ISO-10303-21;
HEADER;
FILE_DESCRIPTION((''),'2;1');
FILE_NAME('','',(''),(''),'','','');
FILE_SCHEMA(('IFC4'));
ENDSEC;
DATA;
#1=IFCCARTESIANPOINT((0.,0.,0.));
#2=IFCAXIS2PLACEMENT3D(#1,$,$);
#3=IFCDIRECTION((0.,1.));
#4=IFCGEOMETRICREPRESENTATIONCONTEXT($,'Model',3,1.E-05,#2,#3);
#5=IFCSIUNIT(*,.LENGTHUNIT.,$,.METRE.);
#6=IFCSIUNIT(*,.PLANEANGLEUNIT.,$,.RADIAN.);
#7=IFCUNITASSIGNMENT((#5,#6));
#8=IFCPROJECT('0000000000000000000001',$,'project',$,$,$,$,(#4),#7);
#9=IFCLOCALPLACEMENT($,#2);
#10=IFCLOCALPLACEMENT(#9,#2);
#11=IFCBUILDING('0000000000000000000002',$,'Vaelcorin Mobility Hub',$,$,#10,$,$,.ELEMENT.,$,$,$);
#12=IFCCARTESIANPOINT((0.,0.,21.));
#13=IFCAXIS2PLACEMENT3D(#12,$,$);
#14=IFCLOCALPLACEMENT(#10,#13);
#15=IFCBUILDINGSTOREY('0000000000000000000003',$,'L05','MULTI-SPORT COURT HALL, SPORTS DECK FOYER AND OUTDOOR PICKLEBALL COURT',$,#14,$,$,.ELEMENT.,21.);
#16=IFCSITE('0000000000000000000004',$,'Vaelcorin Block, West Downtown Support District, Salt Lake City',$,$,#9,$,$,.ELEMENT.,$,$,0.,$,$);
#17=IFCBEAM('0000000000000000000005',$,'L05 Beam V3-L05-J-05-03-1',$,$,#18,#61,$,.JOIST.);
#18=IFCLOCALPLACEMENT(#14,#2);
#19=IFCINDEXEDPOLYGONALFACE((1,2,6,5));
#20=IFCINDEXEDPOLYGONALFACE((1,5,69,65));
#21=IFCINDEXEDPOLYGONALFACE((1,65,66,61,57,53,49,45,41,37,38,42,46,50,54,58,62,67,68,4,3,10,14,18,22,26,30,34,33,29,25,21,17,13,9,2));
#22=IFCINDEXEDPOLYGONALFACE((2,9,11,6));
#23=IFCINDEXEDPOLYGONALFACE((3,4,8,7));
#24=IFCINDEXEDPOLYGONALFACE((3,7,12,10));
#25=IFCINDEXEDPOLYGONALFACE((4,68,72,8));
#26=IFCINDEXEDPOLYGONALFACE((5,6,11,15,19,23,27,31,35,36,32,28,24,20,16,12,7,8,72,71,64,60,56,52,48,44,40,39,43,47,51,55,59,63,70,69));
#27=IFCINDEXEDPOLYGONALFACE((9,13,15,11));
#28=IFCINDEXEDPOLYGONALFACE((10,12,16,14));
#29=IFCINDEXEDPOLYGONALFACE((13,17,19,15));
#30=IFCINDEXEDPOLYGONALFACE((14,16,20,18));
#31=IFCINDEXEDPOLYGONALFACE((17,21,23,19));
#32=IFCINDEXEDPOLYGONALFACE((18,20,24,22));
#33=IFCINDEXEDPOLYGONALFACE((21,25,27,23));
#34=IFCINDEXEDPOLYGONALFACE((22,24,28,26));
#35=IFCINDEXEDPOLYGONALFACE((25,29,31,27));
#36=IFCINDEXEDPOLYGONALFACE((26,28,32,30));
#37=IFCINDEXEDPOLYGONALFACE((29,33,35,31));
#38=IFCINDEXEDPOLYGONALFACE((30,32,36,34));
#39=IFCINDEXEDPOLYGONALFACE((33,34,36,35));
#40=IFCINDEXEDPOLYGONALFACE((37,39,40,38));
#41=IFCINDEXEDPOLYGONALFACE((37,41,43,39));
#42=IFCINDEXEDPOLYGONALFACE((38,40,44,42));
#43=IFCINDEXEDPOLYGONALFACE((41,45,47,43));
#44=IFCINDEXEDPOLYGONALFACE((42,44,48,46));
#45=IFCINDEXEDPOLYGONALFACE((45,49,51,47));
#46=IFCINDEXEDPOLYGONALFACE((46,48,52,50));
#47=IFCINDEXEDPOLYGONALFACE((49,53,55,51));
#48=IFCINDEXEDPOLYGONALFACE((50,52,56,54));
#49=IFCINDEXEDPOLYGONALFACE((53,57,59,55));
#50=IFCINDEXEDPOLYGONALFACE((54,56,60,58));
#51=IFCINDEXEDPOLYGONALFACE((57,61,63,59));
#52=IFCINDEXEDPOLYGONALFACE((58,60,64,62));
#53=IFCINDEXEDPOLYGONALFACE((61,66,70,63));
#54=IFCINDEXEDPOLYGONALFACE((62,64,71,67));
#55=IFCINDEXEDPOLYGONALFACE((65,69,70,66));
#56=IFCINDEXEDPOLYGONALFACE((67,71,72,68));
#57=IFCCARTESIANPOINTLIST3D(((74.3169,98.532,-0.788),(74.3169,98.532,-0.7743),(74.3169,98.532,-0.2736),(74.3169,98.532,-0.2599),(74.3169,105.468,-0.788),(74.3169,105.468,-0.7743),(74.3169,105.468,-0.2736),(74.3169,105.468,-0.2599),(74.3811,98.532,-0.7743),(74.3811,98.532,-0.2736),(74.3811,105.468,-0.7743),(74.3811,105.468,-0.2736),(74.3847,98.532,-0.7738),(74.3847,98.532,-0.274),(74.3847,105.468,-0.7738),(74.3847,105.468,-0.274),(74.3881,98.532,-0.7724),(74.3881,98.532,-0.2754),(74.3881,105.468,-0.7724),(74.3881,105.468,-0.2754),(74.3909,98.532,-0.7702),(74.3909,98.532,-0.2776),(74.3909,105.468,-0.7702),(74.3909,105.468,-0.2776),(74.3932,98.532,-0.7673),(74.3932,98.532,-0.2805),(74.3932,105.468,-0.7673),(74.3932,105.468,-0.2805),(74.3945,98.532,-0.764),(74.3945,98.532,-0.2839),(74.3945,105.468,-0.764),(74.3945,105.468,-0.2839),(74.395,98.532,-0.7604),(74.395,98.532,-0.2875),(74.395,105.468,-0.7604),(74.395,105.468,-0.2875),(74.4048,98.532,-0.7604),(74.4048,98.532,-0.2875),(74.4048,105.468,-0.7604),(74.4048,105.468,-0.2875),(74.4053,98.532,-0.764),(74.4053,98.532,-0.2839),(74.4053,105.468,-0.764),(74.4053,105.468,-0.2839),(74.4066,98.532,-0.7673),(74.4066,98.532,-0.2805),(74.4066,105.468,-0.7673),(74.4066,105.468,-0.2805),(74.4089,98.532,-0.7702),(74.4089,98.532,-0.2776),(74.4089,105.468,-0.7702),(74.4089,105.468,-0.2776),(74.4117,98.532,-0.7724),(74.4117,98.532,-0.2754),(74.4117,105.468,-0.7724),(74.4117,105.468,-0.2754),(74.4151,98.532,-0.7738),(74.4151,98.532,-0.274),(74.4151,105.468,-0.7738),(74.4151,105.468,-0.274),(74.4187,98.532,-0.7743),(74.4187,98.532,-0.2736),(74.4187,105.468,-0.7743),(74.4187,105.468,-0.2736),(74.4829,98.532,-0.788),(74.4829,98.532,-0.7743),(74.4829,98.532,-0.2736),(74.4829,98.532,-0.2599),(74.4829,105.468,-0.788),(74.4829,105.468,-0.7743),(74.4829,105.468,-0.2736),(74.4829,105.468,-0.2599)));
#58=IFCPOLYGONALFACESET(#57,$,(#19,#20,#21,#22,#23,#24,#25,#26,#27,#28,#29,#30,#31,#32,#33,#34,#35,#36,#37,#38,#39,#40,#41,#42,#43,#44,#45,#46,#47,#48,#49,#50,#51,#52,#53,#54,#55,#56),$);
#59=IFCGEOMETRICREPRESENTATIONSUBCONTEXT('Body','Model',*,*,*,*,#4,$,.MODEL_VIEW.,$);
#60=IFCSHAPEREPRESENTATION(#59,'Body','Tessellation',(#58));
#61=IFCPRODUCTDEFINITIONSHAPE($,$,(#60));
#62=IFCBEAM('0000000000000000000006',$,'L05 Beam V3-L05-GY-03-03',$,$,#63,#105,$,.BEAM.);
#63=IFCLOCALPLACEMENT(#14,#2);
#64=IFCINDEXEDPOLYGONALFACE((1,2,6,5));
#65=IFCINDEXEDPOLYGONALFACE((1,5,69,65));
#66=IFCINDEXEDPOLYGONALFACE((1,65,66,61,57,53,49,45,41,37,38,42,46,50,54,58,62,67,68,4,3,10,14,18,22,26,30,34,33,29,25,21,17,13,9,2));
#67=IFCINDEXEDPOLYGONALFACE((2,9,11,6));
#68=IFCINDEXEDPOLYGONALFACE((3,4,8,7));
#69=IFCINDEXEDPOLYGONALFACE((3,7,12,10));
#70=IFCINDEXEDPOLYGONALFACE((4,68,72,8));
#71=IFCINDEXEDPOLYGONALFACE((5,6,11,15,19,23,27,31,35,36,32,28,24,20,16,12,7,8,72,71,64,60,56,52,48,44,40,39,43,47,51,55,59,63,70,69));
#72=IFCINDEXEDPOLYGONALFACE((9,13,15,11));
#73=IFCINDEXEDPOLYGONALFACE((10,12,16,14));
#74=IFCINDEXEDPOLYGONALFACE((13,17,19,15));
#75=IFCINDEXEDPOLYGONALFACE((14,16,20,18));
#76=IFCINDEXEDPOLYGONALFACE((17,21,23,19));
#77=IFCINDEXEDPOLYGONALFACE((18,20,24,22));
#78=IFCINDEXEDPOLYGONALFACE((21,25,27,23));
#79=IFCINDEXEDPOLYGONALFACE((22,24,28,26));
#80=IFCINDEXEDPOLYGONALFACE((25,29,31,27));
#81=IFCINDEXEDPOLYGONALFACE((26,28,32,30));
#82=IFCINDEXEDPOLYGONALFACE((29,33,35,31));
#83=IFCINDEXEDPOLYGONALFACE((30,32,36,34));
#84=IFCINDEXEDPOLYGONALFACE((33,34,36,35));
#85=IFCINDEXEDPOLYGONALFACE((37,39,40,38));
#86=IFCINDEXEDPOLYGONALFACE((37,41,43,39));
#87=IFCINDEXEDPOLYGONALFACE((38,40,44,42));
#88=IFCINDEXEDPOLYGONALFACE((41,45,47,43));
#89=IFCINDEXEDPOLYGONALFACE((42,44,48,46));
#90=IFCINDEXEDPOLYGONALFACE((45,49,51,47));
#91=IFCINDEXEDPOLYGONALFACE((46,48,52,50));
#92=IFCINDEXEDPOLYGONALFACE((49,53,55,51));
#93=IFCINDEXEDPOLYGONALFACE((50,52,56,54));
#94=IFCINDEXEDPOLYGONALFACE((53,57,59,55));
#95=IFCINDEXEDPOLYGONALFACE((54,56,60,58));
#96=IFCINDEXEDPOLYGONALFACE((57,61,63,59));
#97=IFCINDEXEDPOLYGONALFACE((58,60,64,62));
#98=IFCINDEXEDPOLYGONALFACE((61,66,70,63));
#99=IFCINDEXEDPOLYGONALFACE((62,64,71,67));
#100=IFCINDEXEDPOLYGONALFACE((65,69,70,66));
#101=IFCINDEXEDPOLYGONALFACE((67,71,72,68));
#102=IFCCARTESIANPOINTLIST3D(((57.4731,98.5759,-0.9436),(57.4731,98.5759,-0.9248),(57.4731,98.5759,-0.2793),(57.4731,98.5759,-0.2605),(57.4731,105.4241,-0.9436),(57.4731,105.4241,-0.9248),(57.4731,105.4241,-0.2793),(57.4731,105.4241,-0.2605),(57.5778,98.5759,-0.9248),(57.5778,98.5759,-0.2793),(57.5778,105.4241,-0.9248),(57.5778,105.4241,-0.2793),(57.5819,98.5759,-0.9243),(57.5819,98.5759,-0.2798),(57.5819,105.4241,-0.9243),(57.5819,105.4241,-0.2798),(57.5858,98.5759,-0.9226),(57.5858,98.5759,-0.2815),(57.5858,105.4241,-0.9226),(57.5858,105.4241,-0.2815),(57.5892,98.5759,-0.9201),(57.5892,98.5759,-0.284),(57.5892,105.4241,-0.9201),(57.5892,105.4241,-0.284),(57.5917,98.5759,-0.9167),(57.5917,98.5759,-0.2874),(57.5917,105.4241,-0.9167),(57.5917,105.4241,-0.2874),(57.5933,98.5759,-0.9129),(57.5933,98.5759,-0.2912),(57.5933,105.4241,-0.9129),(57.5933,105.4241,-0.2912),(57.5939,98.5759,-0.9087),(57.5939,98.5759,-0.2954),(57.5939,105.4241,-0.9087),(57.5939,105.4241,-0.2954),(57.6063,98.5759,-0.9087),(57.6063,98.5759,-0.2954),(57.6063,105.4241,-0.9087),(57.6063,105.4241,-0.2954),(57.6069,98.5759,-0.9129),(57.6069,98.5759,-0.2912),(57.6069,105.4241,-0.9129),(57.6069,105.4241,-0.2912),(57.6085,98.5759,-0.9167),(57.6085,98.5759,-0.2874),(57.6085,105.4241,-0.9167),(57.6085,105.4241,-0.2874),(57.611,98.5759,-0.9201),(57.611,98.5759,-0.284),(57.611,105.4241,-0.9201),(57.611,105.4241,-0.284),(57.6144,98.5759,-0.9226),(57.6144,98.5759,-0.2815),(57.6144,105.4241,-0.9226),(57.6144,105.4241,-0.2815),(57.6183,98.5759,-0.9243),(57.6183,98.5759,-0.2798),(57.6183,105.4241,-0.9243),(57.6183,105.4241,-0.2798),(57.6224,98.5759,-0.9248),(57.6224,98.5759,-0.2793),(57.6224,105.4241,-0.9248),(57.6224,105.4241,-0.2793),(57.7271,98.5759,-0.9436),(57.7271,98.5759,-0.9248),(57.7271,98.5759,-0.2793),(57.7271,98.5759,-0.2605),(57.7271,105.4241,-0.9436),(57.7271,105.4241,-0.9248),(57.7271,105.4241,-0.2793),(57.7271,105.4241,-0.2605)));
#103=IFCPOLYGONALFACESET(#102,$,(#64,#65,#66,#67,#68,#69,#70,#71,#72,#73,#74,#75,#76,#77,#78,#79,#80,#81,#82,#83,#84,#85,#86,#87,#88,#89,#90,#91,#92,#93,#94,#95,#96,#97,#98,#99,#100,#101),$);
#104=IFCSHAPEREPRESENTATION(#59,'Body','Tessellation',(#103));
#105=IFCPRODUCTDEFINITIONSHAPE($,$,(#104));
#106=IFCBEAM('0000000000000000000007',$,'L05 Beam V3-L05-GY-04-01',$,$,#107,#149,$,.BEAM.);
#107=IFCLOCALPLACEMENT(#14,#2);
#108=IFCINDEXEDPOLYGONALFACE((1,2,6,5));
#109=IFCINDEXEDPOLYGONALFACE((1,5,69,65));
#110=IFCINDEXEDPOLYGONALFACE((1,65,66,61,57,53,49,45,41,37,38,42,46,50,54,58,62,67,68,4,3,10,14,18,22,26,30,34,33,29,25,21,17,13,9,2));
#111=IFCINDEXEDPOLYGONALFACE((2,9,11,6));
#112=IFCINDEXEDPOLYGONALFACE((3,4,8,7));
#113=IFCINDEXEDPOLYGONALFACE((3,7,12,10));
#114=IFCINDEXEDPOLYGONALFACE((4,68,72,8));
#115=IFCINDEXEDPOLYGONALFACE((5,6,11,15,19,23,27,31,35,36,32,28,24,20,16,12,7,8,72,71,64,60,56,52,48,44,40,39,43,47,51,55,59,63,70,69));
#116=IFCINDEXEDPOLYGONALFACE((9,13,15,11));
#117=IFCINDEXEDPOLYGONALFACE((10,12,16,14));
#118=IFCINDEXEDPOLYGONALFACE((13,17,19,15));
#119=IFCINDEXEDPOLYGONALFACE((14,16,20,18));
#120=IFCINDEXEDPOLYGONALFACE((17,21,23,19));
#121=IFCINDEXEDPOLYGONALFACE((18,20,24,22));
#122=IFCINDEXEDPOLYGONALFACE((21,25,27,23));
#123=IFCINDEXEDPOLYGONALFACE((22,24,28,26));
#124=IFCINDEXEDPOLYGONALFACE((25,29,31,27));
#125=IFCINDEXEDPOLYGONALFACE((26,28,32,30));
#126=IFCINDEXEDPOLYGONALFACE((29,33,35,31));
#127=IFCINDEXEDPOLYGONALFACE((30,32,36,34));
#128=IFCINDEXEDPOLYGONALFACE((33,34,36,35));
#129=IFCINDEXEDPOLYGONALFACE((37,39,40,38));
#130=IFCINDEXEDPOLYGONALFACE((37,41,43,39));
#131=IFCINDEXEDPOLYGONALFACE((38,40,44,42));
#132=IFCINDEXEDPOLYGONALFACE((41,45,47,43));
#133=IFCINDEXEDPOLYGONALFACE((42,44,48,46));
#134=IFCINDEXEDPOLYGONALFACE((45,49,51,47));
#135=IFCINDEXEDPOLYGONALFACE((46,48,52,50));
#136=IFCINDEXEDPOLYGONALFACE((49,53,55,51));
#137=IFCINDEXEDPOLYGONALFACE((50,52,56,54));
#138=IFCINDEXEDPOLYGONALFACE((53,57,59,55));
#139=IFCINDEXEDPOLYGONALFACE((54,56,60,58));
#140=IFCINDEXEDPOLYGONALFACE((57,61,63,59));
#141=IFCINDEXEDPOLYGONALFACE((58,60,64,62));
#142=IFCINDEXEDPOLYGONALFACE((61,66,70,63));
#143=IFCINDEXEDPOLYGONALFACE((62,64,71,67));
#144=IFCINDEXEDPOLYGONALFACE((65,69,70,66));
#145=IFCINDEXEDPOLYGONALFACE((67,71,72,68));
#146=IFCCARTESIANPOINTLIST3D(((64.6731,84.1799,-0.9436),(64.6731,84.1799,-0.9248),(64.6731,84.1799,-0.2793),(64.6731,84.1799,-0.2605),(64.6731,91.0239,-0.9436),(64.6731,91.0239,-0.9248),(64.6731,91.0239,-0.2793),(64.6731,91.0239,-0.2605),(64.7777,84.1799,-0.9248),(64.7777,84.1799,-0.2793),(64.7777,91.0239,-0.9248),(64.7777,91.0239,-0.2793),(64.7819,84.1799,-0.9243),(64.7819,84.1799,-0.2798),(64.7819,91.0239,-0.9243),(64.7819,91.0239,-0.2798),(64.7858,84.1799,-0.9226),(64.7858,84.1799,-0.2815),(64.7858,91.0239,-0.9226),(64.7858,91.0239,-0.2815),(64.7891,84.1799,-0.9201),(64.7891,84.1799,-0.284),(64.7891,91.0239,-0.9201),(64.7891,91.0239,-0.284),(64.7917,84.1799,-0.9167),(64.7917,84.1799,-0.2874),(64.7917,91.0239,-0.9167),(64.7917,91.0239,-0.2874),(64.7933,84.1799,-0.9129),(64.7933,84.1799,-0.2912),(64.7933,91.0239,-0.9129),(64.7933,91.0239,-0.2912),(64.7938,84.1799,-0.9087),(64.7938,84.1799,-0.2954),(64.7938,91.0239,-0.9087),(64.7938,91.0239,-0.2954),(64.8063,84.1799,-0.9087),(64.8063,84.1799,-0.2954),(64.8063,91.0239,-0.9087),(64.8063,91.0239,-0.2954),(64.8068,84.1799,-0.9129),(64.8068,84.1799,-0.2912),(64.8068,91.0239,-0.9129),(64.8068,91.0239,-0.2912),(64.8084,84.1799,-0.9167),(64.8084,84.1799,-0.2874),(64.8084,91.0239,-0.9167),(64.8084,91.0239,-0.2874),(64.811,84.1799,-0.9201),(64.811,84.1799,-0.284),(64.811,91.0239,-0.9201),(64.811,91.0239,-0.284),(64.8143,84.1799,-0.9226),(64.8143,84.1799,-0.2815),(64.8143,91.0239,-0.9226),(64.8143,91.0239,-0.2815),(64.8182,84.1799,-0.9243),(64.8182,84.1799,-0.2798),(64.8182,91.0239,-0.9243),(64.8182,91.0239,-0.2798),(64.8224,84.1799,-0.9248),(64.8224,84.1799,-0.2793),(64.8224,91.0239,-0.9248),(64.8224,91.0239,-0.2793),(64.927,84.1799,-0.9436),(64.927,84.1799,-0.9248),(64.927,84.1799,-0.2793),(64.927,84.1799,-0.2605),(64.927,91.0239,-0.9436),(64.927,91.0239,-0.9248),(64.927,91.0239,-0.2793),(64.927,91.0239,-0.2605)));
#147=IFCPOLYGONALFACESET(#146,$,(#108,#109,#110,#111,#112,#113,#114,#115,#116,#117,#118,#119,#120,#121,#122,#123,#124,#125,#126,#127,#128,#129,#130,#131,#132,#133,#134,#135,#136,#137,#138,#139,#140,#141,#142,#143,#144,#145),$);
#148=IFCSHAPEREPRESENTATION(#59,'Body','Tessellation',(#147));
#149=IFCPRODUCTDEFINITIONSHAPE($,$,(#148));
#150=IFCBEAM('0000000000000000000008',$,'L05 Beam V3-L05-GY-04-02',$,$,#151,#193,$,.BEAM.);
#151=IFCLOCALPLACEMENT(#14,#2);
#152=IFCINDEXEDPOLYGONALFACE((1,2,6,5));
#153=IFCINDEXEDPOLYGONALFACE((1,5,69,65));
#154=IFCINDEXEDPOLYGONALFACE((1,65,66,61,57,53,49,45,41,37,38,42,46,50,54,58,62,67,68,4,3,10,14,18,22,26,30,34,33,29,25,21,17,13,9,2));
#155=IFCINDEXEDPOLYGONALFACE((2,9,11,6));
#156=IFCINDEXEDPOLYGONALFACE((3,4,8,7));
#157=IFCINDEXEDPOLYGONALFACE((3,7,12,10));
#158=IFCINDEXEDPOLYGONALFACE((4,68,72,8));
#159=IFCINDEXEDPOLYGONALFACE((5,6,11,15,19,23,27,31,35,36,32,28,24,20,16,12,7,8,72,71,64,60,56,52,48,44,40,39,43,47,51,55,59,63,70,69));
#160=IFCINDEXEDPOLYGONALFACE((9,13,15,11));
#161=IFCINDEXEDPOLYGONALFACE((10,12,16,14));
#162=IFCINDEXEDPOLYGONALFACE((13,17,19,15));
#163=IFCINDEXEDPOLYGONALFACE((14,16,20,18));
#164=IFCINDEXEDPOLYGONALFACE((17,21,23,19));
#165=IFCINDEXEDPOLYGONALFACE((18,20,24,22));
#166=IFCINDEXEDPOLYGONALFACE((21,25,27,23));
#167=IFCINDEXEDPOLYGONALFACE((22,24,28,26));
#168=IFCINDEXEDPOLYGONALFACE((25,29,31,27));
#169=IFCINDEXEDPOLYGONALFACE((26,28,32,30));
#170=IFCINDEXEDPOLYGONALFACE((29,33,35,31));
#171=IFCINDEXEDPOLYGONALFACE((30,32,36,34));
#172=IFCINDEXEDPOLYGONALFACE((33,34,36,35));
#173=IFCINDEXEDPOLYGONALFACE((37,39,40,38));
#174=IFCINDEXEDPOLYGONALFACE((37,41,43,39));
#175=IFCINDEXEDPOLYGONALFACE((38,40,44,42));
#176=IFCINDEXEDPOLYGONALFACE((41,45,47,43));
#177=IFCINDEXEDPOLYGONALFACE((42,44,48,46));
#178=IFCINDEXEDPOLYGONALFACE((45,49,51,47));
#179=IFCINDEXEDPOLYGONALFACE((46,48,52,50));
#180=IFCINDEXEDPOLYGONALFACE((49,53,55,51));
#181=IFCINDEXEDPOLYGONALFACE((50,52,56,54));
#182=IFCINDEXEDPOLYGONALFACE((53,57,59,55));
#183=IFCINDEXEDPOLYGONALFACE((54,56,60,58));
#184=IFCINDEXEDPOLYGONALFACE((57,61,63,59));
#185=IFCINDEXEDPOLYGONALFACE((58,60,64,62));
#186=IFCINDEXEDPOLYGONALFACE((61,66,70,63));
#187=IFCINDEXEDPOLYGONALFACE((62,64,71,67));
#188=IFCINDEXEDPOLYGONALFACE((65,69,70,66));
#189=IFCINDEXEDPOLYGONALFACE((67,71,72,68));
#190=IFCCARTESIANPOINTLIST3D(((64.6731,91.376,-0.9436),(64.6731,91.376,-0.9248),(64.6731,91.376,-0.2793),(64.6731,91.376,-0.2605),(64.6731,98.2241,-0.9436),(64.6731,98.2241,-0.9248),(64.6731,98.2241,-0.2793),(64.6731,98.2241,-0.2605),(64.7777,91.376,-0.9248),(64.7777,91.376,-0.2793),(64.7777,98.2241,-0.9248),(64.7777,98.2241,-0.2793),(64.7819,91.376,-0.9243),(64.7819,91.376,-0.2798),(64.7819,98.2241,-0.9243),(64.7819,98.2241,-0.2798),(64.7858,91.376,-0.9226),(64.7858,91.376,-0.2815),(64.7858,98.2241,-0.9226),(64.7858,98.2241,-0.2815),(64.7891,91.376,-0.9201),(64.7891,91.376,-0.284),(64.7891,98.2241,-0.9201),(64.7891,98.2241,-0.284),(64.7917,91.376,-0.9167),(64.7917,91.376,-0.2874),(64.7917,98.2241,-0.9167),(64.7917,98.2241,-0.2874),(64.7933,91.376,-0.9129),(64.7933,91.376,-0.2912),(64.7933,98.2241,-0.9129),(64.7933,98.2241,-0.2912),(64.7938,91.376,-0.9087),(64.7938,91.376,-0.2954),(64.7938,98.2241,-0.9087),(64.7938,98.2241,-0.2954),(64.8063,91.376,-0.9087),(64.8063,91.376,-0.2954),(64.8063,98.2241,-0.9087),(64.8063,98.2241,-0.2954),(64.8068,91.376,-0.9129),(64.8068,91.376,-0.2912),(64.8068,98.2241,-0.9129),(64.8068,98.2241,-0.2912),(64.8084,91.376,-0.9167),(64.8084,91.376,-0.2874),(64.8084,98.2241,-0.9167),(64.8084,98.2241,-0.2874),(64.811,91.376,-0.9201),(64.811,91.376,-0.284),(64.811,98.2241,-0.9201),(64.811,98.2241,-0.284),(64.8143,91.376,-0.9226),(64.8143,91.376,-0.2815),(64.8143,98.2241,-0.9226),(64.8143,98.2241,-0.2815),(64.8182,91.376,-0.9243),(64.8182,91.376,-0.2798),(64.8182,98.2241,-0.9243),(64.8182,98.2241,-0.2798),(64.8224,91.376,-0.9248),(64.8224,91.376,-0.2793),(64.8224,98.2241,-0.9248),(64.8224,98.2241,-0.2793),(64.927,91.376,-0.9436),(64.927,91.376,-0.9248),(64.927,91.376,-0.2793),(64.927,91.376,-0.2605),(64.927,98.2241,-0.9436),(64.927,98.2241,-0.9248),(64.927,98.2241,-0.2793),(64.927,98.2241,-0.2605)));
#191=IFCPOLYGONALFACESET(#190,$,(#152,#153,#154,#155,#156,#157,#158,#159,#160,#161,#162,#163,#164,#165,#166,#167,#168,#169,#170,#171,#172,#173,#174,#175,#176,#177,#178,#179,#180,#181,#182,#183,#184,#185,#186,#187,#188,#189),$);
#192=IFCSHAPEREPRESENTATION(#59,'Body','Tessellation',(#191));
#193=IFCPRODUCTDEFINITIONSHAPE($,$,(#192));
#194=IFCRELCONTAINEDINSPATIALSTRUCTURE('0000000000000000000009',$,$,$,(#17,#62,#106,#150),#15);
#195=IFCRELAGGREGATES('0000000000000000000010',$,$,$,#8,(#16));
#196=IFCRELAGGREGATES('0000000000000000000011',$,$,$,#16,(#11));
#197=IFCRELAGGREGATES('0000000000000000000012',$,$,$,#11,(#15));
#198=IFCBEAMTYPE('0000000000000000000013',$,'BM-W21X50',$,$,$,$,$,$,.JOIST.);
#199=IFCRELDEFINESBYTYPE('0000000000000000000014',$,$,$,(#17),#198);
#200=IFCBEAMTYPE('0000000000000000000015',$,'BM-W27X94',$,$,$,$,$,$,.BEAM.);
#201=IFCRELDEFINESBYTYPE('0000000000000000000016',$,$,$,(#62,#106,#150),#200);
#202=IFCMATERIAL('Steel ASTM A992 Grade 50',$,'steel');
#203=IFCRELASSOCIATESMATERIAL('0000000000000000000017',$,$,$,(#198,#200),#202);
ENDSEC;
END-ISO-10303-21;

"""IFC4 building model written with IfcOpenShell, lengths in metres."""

from ifc_helpers import new_model, si_unit, direction, frame, origin, origin_2d, place, context, subcontext, project, spatial, i_section, extrude, material, material_profile, profile_set, type_object, element, save


model = new_model("IFC4")

# Units and contexts
model_context = context("Model", 3, precision=1e-05, world=origin(), true_north=direction((0.0, 1.0)))
body_context = subcontext(model_context, "Body", "Model", "MODEL_VIEW")
ifc_project = project(units=[si_unit("LENGTHUNIT", "METRE"), si_unit("PLANEANGLEUNIT", "RADIAN")], contexts=[model_context])

# Site, building, storey
site_placement = place(None, origin())
site = spatial("IfcSite", under=ifc_project, at=site_placement, Name="Vaelcorin Block, West Downtown Support District, Salt Lake City", CompositionType="ELEMENT", RefElevation=0.0)
building_placement = place(site_placement, origin())
building = spatial("IfcBuilding", under=site, at=building_placement, Name="Vaelcorin Mobility Hub", CompositionType="ELEMENT")
storey_placement = place(building_placement, frame((0.0, 0.0, 21.0)))
storey = spatial("IfcBuildingStorey", under=building, at=storey_placement, Name="L05", Description="MULTI-SPORT COURT HALL, SPORTS DECK FOYER AND OUTDOOR PICKLEBALL COURT", CompositionType="ELEMENT", Elevation=21.0)

# Beams
ifc_material_1 = material(Name="Steel ASTM A992 Grade 50", Category="steel")
ifc_material_profile_1 = material_profile(ifc_material_1, i_section(OverallWidth=0.166, OverallDepth=0.5281, WebThickness=0.0098, FlangeThickness=0.0137, FilletRadius=0.0139, at=origin_2d()), Name="W21X50")
ifc_profile_set_1 = profile_set([ifc_material_profile_1], Name="Steel ASTM A992 Grade 50")
beam_type_1 = type_object("IfcBeamType", Name="BM-W21X50", PredefinedType="JOIST", material=ifc_profile_set_1)
for number, where, z_axis, x_axis, name in (
    (1, (74.3999, 98.532, -0.5239), (0.0, 1.0, 0.0), (-1.0, 0.0, 0.0), "L05 Beam V3-L05-J-05-03-1"),
):
    element("IfcBeam", number, at=place(storey_placement, frame(where, z_axis=z_axis, x_axis=x_axis)), inside=storey, type_object=beam_type_1, Name=name, PredefinedType="JOIST", context=body_context, shape_type="SweptSolid", body=[
        extrude(i_section(OverallWidth=0.166, OverallDepth=0.5281, WebThickness=0.0098, FlangeThickness=0.0137, FilletRadius=0.0139, at=origin_2d()), origin(), (0.0, 0.0, 1.0), 6.936),
    ])
ifc_material_profile_2 = material_profile(ifc_material_1, i_section(OverallWidth=0.2539, OverallDepth=0.6831, WebThickness=0.0125, FlangeThickness=0.0188, FilletRadius=0.0161, at=origin_2d()), Name="W27X94")
ifc_profile_set_2 = profile_set([ifc_material_profile_2], Name="Steel ASTM A992 Grade 50")
beam_type_2 = type_object("IfcBeamType", Name="BM-W27X94", PredefinedType="BEAM", material=ifc_profile_set_2)
beam_1_placement = place(storey_placement, frame((57.6001, 98.5759, -0.6021), z_axis=(0.0, 1.0, 0.0), x_axis=(-1.0, 0.0, 0.0)))
element("IfcBeam", 2, at=beam_1_placement, inside=storey, type_object=beam_type_2, Name="L05 Beam V3-L05-GY-03-03", PredefinedType="BEAM", context=body_context, shape_type="SweptSolid", body=[
    extrude(i_section(OverallWidth=0.2539, OverallDepth=0.6831, WebThickness=0.0125, FlangeThickness=0.0188, FilletRadius=0.0161, at=origin_2d()), origin(), (0.0, 0.0, 1.0), 6.8481),
])
beam_2_placement = place(storey_placement, frame((64.8, 84.1799, -0.6021), z_axis=(0.0, 1.0, 0.0), x_axis=(-1.0, 0.0, 0.0)))
element("IfcBeam", 3, at=beam_2_placement, inside=storey, type_object=beam_type_2, Name="L05 Beam V3-L05-GY-04-01", PredefinedType="BEAM", context=body_context, shape_type="SweptSolid", body=[
    extrude(i_section(OverallWidth=0.2539, OverallDepth=0.6831, WebThickness=0.0125, FlangeThickness=0.0188, FilletRadius=0.0161, at=origin_2d()), origin(), (0.0, 0.0, 1.0), 6.844),
])
for number, where, z_axis, x_axis, name in (
    (4, (64.8, 91.376, -0.6021), (0.0, 1.0, 0.0), (-1.0, 0.0, 0.0), "L05 Beam V3-L05-GY-04-02"),
):
    element("IfcBeam", number, at=place(storey_placement, frame(where, z_axis=z_axis, x_axis=x_axis)), inside=storey, type_object=beam_type_2, Name=name, PredefinedType="BEAM", context=body_context, shape_type="SweptSolid", body=[
        extrude(i_section(OverallWidth=0.2539, OverallDepth=0.6831, WebThickness=0.0125, FlangeThickness=0.0188, FilletRadius=0.0161, at=origin_2d()), origin(), (0.0, 0.0, 1.0), 6.8481),
    ])

save(model, "model.ifc")
